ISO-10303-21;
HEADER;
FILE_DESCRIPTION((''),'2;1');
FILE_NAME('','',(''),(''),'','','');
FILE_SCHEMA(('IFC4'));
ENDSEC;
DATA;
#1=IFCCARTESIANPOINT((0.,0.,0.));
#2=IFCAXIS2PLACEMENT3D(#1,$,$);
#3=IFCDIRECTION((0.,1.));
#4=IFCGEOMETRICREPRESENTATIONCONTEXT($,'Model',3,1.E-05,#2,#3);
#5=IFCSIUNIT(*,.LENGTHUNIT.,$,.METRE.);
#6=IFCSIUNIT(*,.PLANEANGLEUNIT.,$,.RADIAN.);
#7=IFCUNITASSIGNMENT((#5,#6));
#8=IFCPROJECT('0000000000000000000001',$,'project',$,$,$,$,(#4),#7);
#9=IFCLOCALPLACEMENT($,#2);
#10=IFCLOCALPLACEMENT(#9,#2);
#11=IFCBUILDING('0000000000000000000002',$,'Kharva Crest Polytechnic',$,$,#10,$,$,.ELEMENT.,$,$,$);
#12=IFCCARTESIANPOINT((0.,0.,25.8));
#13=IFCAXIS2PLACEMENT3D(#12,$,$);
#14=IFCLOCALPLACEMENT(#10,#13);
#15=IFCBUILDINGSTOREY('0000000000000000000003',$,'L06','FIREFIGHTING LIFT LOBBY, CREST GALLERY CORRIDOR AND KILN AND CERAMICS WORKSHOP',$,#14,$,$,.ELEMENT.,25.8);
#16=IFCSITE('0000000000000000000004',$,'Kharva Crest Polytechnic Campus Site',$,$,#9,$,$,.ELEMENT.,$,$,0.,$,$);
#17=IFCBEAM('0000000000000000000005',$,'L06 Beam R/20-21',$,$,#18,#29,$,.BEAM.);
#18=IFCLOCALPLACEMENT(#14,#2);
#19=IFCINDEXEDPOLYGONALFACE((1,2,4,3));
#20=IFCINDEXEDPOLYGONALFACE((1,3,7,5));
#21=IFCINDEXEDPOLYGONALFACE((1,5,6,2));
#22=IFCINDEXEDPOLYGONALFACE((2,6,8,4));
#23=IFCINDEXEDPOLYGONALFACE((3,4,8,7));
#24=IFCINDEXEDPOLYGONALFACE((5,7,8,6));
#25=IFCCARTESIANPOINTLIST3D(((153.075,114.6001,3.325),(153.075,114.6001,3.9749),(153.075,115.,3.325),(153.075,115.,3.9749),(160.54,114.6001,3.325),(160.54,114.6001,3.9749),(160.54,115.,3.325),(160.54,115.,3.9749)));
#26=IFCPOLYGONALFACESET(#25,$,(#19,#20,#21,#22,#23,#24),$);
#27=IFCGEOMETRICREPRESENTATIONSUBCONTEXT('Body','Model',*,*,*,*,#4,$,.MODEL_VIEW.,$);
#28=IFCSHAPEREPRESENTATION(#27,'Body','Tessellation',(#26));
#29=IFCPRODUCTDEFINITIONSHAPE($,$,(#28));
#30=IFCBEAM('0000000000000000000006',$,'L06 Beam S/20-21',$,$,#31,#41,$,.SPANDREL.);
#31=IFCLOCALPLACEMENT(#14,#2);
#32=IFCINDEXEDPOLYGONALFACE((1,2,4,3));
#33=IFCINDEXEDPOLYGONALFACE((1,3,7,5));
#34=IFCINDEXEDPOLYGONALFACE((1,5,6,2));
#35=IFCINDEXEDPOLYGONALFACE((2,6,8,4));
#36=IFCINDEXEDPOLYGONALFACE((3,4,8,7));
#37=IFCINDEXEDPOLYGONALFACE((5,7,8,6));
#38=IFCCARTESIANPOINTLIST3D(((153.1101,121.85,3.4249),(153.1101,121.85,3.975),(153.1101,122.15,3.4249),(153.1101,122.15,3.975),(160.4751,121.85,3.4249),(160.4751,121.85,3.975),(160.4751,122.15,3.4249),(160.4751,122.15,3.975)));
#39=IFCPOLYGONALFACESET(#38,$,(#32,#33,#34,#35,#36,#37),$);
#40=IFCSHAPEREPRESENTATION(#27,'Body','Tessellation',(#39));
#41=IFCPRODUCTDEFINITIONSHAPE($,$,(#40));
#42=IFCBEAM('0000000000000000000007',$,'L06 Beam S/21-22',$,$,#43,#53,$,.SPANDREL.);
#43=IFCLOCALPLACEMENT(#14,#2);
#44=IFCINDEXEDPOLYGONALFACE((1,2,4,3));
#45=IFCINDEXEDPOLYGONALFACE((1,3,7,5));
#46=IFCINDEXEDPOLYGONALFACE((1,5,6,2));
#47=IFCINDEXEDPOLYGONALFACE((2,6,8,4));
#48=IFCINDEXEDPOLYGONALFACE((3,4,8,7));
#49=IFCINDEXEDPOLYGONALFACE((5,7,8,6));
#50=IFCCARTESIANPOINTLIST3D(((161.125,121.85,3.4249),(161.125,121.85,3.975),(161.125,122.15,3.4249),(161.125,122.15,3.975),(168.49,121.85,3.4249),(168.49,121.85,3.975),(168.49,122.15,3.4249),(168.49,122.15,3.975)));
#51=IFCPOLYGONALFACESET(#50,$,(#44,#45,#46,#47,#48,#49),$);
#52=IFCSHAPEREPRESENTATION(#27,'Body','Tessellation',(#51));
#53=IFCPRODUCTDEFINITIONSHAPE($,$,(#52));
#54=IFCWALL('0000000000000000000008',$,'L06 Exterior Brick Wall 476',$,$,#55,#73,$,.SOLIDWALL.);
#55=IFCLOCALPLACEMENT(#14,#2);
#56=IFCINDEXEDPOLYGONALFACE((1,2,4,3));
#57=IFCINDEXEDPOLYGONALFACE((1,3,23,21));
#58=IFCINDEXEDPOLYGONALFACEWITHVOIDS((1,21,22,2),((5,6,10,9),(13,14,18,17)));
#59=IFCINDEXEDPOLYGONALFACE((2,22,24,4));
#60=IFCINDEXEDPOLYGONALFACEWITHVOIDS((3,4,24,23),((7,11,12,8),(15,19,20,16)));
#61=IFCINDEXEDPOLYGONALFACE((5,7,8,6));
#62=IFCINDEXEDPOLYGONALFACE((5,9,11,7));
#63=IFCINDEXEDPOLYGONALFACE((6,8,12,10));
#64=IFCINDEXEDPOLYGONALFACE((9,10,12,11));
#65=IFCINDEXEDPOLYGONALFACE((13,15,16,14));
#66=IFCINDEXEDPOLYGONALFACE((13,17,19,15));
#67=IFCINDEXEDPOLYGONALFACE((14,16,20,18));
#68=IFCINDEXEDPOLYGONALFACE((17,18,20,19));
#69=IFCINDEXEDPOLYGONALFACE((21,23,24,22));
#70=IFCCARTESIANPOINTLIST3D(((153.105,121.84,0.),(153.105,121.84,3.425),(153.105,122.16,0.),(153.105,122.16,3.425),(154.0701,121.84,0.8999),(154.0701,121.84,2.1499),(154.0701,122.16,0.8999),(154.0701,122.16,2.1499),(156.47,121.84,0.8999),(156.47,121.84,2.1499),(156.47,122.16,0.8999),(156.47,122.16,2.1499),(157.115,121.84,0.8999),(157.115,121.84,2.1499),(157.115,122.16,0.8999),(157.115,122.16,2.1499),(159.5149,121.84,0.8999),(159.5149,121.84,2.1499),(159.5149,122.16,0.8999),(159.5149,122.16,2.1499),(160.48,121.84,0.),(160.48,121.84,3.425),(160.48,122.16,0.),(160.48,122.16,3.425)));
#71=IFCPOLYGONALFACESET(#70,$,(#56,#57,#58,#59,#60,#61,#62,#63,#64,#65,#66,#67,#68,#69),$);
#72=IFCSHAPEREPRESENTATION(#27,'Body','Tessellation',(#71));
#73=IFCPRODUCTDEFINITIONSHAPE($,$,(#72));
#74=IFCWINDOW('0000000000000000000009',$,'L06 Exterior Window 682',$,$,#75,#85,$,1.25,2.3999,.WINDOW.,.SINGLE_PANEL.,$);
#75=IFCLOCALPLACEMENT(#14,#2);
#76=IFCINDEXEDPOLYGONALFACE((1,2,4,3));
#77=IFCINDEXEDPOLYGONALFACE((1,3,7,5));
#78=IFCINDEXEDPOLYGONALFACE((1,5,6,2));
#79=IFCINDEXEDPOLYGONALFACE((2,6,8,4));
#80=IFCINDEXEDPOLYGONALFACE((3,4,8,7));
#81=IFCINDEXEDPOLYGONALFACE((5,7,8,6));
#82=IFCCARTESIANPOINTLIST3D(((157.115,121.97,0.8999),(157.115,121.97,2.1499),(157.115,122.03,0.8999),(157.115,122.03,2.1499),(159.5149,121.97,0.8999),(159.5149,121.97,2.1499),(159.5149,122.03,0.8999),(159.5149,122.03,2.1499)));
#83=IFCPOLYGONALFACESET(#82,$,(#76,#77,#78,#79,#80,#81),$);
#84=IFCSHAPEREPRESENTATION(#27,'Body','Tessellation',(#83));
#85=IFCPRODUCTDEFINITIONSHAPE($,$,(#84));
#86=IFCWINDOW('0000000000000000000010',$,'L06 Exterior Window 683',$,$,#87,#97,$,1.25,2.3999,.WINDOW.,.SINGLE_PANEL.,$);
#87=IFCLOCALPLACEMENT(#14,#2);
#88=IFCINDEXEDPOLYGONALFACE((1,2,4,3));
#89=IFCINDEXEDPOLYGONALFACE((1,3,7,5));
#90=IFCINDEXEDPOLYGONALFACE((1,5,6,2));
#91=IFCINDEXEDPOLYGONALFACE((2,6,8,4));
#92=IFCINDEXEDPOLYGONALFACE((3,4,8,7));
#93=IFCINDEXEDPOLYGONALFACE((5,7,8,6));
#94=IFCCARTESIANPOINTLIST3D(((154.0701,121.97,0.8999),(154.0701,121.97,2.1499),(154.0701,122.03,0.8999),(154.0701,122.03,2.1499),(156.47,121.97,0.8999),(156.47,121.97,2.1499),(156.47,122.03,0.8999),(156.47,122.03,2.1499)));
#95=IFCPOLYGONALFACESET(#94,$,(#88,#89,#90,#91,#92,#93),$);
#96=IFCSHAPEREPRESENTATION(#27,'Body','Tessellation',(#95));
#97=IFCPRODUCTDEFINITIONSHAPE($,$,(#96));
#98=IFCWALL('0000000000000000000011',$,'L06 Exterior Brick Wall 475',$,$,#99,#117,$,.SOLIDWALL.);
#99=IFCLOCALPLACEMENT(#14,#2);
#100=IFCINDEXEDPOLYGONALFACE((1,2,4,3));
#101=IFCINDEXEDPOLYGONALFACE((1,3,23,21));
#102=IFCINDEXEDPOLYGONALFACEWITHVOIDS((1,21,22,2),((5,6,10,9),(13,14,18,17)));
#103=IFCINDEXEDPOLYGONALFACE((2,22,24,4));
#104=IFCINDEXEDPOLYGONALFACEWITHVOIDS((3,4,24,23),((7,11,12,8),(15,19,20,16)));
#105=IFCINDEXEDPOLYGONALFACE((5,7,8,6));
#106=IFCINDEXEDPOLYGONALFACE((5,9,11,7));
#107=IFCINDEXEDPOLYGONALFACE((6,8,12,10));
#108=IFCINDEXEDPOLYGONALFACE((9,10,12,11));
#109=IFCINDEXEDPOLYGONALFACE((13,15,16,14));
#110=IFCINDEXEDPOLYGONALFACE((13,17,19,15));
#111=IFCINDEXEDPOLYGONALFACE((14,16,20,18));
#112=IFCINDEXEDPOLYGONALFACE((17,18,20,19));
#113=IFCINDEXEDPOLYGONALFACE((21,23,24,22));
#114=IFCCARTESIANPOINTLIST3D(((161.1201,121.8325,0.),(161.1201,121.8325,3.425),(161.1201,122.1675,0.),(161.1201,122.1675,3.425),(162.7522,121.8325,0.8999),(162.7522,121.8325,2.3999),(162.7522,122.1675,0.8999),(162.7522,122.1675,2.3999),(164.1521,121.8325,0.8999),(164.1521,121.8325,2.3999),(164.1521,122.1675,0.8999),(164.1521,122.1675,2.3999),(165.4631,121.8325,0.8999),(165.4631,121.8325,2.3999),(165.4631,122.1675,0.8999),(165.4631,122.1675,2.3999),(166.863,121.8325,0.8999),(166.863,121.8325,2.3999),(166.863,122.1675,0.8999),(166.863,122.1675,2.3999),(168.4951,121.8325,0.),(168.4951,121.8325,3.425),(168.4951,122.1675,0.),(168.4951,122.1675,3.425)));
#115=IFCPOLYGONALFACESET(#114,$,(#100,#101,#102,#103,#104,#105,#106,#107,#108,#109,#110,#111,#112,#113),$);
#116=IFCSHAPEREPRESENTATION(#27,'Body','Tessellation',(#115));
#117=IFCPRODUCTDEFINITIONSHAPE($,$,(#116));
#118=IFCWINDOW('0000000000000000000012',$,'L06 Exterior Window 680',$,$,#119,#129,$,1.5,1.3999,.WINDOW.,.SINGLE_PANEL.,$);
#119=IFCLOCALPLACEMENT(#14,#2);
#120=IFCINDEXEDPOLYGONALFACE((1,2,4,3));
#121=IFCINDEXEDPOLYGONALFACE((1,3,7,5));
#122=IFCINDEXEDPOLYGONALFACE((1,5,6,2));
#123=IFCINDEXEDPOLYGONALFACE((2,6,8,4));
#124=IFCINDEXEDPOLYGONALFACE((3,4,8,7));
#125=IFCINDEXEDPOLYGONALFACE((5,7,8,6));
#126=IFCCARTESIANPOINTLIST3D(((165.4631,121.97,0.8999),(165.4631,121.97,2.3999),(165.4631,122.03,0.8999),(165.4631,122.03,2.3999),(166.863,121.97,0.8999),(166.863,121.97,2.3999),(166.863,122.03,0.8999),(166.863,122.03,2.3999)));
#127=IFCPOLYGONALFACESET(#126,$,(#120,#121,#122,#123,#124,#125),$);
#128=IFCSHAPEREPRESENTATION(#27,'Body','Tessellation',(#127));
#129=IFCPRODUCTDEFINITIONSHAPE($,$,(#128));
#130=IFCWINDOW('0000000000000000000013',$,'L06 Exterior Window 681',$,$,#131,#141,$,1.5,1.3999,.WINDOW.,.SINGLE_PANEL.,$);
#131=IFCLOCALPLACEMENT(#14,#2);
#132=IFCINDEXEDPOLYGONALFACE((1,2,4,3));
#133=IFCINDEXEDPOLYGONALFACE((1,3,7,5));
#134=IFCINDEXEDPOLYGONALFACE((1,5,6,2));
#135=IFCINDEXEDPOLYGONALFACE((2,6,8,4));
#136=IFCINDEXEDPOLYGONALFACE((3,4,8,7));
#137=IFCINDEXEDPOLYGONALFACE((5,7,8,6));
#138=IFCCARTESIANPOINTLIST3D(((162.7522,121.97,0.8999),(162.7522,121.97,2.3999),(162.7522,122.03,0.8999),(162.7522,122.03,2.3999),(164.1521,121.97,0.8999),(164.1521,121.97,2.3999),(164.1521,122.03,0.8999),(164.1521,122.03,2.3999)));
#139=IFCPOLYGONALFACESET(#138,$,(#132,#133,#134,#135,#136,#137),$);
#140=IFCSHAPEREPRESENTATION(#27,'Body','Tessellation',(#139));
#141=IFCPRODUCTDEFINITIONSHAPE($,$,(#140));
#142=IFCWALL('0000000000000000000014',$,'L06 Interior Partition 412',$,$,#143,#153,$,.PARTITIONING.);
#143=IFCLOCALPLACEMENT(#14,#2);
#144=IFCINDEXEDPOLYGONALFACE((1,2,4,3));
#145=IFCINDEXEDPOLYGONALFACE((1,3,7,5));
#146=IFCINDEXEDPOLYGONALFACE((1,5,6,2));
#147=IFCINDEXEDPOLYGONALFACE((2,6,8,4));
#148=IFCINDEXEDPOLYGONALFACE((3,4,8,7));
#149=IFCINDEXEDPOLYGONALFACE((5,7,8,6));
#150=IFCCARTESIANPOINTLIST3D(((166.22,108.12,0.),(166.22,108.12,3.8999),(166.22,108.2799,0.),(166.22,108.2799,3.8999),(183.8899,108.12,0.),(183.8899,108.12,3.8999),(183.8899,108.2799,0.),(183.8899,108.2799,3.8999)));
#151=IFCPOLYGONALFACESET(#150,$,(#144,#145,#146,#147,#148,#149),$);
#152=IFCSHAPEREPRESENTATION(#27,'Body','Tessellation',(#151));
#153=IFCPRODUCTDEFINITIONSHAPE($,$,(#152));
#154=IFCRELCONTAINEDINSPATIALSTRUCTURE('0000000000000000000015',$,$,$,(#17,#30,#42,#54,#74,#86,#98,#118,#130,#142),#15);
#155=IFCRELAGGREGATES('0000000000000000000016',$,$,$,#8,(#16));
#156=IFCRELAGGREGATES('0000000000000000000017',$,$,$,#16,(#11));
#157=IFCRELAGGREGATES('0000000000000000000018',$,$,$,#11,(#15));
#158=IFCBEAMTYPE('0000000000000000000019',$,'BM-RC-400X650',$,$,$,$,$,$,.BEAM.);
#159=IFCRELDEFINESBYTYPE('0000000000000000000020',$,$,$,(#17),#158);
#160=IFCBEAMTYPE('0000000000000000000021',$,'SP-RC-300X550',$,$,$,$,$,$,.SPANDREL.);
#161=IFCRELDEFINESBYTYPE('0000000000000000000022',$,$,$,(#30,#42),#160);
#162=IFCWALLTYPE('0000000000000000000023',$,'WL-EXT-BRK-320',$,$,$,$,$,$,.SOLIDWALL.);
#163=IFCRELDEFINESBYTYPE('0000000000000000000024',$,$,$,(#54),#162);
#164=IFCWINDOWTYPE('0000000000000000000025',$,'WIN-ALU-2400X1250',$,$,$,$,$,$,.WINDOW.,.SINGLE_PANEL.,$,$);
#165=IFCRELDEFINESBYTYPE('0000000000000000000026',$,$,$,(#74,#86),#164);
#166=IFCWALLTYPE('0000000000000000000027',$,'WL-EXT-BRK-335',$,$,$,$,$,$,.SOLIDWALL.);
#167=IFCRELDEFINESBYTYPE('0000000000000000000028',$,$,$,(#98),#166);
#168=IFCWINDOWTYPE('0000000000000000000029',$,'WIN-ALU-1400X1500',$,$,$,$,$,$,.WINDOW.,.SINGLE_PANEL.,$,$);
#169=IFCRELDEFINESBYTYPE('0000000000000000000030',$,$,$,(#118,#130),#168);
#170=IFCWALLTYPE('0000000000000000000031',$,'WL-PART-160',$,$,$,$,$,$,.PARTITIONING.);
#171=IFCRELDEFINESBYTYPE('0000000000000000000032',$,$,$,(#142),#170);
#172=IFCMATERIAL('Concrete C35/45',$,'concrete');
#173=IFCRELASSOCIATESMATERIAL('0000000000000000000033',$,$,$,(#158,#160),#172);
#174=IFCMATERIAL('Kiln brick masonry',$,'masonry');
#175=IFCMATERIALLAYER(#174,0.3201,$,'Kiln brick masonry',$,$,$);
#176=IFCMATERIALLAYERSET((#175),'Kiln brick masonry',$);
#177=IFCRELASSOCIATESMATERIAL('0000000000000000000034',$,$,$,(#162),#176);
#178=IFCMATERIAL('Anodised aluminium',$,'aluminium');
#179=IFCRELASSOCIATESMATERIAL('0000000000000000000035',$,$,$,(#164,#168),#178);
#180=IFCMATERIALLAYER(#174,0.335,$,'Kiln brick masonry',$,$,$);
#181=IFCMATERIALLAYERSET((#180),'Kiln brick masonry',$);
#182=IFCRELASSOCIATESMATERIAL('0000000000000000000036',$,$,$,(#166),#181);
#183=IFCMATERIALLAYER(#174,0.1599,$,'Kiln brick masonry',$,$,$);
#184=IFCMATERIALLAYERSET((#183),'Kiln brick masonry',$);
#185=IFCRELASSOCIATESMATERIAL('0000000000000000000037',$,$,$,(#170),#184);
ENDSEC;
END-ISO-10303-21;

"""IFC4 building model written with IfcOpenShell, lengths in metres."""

from ifc_helpers import new_model, si_unit, direction, frame, frame_2d, origin, origin_2d, place, context, subcontext, project, spatial, rectangle, extrude, material, layer, layer_set, material_profile, profile_set, type_object, element, fill, save


model = new_model("IFC4")

# Units and contexts
model_context = context("Model", 3, precision=1e-05, world=origin(), true_north=direction((0.0, 1.0)))
body_context = subcontext(model_context, "Body", "Model", "MODEL_VIEW")
ifc_project = project(units=[si_unit("LENGTHUNIT", "METRE"), si_unit("PLANEANGLEUNIT", "RADIAN")], contexts=[model_context])

# Site, building, storey
site_placement = place(None, origin())
site = spatial("IfcSite", under=ifc_project, at=site_placement, Name="Kharva Crest Polytechnic Campus Site", CompositionType="ELEMENT", RefElevation=0.0)
building_placement = place(site_placement, origin())
building = spatial("IfcBuilding", under=site, at=building_placement, Name="Kharva Crest Polytechnic", CompositionType="ELEMENT")
storey_placement = place(building_placement, frame((0.0, 0.0, 25.8)))
storey = spatial("IfcBuildingStorey", under=building, at=storey_placement, Name="L06", Description="FIREFIGHTING LIFT LOBBY, CREST GALLERY CORRIDOR AND KILN AND CERAMICS WORKSHOP", CompositionType="ELEMENT", Elevation=25.8)

# Beams
ifc_material_1 = material(Name="Concrete C35/45", Category="concrete")
ifc_material_profile_1 = material_profile(ifc_material_1, rectangle(XDim=0.3999, YDim=0.6499, at=origin_2d()), Name="RECT 400 X 650")
ifc_profile_set_1 = profile_set([ifc_material_profile_1], Name="Concrete C35/45")
beam_type_1 = type_object("IfcBeamType", Name="BM-RC-400X650", PredefinedType="BEAM", material=ifc_profile_set_1)
beam_1_placement = place(storey_placement, frame((153.075, 114.8, 3.6499), z_axis=(1.0, 0.0, 0.0), x_axis=(0.0, 1.0, 0.0)))
element("IfcBeam", 1, at=beam_1_placement, inside=storey, type_object=beam_type_1, Name="L06 Beam R/20-21", PredefinedType="BEAM", context=body_context, shape_type="SweptSolid", body=[
    extrude(rectangle(XDim=0.3999, YDim=0.6499, at=origin_2d()), origin(), (0.0, 0.0, 1.0), 7.4651),
])
ifc_material_profile_2 = material_profile(ifc_material_1, rectangle(XDim=0.3, YDim=0.55, at=origin_2d()), Name="RECT 300 X 550")
ifc_profile_set_2 = profile_set([ifc_material_profile_2], Name="Concrete C35/45")
beam_type_2 = type_object("IfcBeamType", Name="SP-RC-300X550", PredefinedType="SPANDREL", material=ifc_profile_set_2)
for number, where, z_axis, x_axis, name in (
    (2, (153.1101, 122.0, 3.7), (1.0, 0.0, 0.0), (0.0, 1.0, 0.0), "L06 Beam S/20-21"),
    (3, (161.125, 122.0, 3.7), (1.0, 0.0, 0.0), (0.0, 1.0, 0.0), "L06 Beam S/21-22"),
):
    element("IfcBeam", number, at=place(storey_placement, frame(where, z_axis=z_axis, x_axis=x_axis)), inside=storey, type_object=beam_type_2, Name=name, PredefinedType="SPANDREL", context=body_context, shape_type="SweptSolid", body=[
        extrude(rectangle(XDim=0.3, YDim=0.55, at=origin_2d()), origin(), (0.0, 0.0, 1.0), 7.365),
    ])

# Walls, openings, windows
ifc_material_2 = material(Name="Kiln brick masonry", Category="masonry")
ifc_layer_1 = layer(ifc_material_2, 0.3201, Name="Kiln brick masonry")
ifc_layer_set_1 = layer_set([ifc_layer_1], Name="Kiln brick masonry")
wall_type_1 = type_object("IfcWallType", Name="WL-EXT-BRK-320", PredefinedType="SOLIDWALL", material=ifc_layer_set_1)
wall_1_placement = place(storey_placement, frame((160.48, 122.0, 0.0), z_axis=(0.0, 0.0, 1.0), x_axis=(-1.0, 0.0, 0.0)))
wall_1 = element("IfcWall", 4, at=wall_1_placement, inside=storey, type_object=wall_type_1, Name="L06 Exterior Brick Wall 476", PredefinedType="SOLIDWALL", context=body_context, shape_type="SweptSolid", body=[
    extrude(rectangle(XDim=7.375, YDim=0.3201, at=frame_2d((3.6875, 0.0))), origin(), (0.0, 0.0, 1.0), 3.425),
])
opening_1_placement = place(wall_1_placement, frame((0.9651, 0.0, 0.8999)))
opening_1 = element("IfcOpeningElement", 5, at=opening_1_placement, cuts=wall_1, PredefinedType="OPENING", context=body_context, shape_type="SweptSolid", body=[
    extrude(rectangle(XDim=2.3999, YDim=1.25, at=frame_2d((1.2, 0.625))), frame((0.0, 0.1699, 0.0), z_axis=(0.0, -1.0, 0.0), x_axis=(1.0, 0.0, 0.0)), (0.0, 0.0, 1.0), 0.3401),
])
opening_2_placement = place(wall_1_placement, frame((4.01, 0.0, 0.8999)))
opening_2 = element("IfcOpeningElement", 6, at=opening_2_placement, cuts=wall_1, PredefinedType="OPENING", context=body_context, shape_type="SweptSolid", body=[
    extrude(rectangle(XDim=2.3999, YDim=1.25, at=frame_2d((1.2, 0.625))), frame((0.0, 0.1699, 0.0), z_axis=(0.0, -1.0, 0.0), x_axis=(1.0, 0.0, 0.0)), (0.0, 0.0, 1.0), 0.3401),
])
ifc_material_3 = material(Name="Anodised aluminium", Category="aluminium")
window_type_1 = type_object("IfcWindowType", Name="WIN-ALU-2400X1250", PartitioningType="SINGLE_PANEL", PredefinedType="WINDOW", material=ifc_material_3)
window_1_placement = place(opening_1_placement, origin())
window_1 = element("IfcWindow", 7, at=window_1_placement, inside=storey, type_object=window_type_1, Name="L06 Exterior Window 682", OverallHeight=1.25, OverallWidth=2.3999, PartitioningType="SINGLE_PANEL", PredefinedType="WINDOW", context=body_context, shape_type="SweptSolid", body=[
    extrude(rectangle(XDim=2.3999, YDim=1.25, at=frame_2d((1.2, 0.625))), frame((0.0, 0.03, 0.0), z_axis=(0.0, -1.0, 0.0), x_axis=(1.0, 0.0, 0.0)), (0.0, 0.0, 1.0), 0.0601),
])
fill(opening_1, window_1)
window_2_placement = place(opening_2_placement, origin())
window_2 = element("IfcWindow", 8, at=window_2_placement, inside=storey, type_object=window_type_1, Name="L06 Exterior Window 683", OverallHeight=1.25, OverallWidth=2.3999, PartitioningType="SINGLE_PANEL", PredefinedType="WINDOW", context=body_context, shape_type="SweptSolid", body=[
    extrude(rectangle(XDim=2.3999, YDim=1.25, at=frame_2d((1.2, 0.625))), frame((0.0, 0.03, 0.0), z_axis=(0.0, -1.0, 0.0), x_axis=(1.0, 0.0, 0.0)), (0.0, 0.0, 1.0), 0.0601),
])
fill(opening_2, window_2)
ifc_layer_2 = layer(ifc_material_2, 0.335, Name="Kiln brick masonry")
ifc_layer_set_2 = layer_set([ifc_layer_2], Name="Kiln brick masonry")
wall_type_2 = type_object("IfcWallType", Name="WL-EXT-BRK-335", PredefinedType="SOLIDWALL", material=ifc_layer_set_2)
wall_2_placement = place(storey_placement, frame((168.4951, 122.0, 0.0), z_axis=(0.0, 0.0, 1.0), x_axis=(-1.0, 0.0, 0.0)))
wall_2 = element("IfcWall", 9, at=wall_2_placement, inside=storey, type_object=wall_type_2, Name="L06 Exterior Brick Wall 475", PredefinedType="SOLIDWALL", context=body_context, shape_type="SweptSolid", body=[
    extrude(rectangle(XDim=7.375, YDim=0.335, at=frame_2d((3.6875, 0.0))), origin(), (0.0, 0.0, 1.0), 3.425),
])
opening_3_placement = place(wall_2_placement, frame((1.6321, 0.0, 0.8999)))
opening_3 = element("IfcOpeningElement", 10, at=opening_3_placement, cuts=wall_2, PredefinedType="OPENING", context=body_context, shape_type="SweptSolid", body=[
    extrude(rectangle(XDim=1.3999, YDim=1.5, at=frame_2d((0.7, 0.75))), frame((0.0, 0.1775, 0.0), z_axis=(0.0, -1.0, 0.0), x_axis=(1.0, 0.0, 0.0)), (0.0, 0.0, 1.0), 0.355),
])
opening_4_placement = place(wall_2_placement, frame((4.343, 0.0, 0.8999)))
opening_4 = element("IfcOpeningElement", 11, at=opening_4_placement, cuts=wall_2, PredefinedType="OPENING", context=body_context, shape_type="SweptSolid", body=[
    extrude(rectangle(XDim=1.3999, YDim=1.5, at=frame_2d((0.7, 0.75))), frame((0.0, 0.1775, 0.0), z_axis=(0.0, -1.0, 0.0), x_axis=(1.0, 0.0, 0.0)), (0.0, 0.0, 1.0), 0.355),
])
window_type_2 = type_object("IfcWindowType", Name="WIN-ALU-1400X1500", PartitioningType="SINGLE_PANEL", PredefinedType="WINDOW", material=ifc_material_3)
window_3_placement = place(opening_3_placement, origin())
window_3 = element("IfcWindow", 12, at=window_3_placement, inside=storey, type_object=window_type_2, Name="L06 Exterior Window 680", OverallHeight=1.5, OverallWidth=1.3999, PartitioningType="SINGLE_PANEL", PredefinedType="WINDOW", context=body_context, shape_type="SweptSolid", body=[
    extrude(rectangle(XDim=1.3999, YDim=1.5, at=frame_2d((0.7, 0.75))), frame((0.0, 0.03, 0.0), z_axis=(0.0, -1.0, 0.0), x_axis=(1.0, 0.0, 0.0)), (0.0, 0.0, 1.0), 0.0601),
])
fill(opening_3, window_3)
window_4_placement = place(opening_4_placement, origin())
window_4 = element("IfcWindow", 13, at=window_4_placement, inside=storey, type_object=window_type_2, Name="L06 Exterior Window 681", OverallHeight=1.5, OverallWidth=1.3999, PartitioningType="SINGLE_PANEL", PredefinedType="WINDOW", context=body_context, shape_type="SweptSolid", body=[
    extrude(rectangle(XDim=1.3999, YDim=1.5, at=frame_2d((0.7, 0.75))), frame((0.0, 0.03, 0.0), z_axis=(0.0, -1.0, 0.0), x_axis=(1.0, 0.0, 0.0)), (0.0, 0.0, 1.0), 0.0601),
])
fill(opening_4, window_4)

# Wall
ifc_layer_3 = layer(ifc_material_2, 0.1599, Name="Kiln brick masonry")
ifc_layer_set_3 = layer_set([ifc_layer_3], Name="Kiln brick masonry")
wall_type_3 = type_object("IfcWallType", Name="WL-PART-160", PredefinedType="PARTITIONING", material=ifc_layer_set_3)
wall_3_placement = place(storey_placement, frame((166.22, 108.2, 0.0), z_axis=(0.0, 0.0, 1.0), x_axis=(1.0, 0.0, 0.0)))
element("IfcWall", 14, at=wall_3_placement, inside=storey, type_object=wall_type_3, Name="L06 Interior Partition 412", PredefinedType="PARTITIONING", context=body_context, shape_type="SweptSolid", body=[
    extrude(rectangle(XDim=17.6699, YDim=0.1599, at=frame_2d((8.835, 0.0))), origin(), (0.0, 0.0, 1.0), 3.8999),
])

save(model, "model.ifc")
